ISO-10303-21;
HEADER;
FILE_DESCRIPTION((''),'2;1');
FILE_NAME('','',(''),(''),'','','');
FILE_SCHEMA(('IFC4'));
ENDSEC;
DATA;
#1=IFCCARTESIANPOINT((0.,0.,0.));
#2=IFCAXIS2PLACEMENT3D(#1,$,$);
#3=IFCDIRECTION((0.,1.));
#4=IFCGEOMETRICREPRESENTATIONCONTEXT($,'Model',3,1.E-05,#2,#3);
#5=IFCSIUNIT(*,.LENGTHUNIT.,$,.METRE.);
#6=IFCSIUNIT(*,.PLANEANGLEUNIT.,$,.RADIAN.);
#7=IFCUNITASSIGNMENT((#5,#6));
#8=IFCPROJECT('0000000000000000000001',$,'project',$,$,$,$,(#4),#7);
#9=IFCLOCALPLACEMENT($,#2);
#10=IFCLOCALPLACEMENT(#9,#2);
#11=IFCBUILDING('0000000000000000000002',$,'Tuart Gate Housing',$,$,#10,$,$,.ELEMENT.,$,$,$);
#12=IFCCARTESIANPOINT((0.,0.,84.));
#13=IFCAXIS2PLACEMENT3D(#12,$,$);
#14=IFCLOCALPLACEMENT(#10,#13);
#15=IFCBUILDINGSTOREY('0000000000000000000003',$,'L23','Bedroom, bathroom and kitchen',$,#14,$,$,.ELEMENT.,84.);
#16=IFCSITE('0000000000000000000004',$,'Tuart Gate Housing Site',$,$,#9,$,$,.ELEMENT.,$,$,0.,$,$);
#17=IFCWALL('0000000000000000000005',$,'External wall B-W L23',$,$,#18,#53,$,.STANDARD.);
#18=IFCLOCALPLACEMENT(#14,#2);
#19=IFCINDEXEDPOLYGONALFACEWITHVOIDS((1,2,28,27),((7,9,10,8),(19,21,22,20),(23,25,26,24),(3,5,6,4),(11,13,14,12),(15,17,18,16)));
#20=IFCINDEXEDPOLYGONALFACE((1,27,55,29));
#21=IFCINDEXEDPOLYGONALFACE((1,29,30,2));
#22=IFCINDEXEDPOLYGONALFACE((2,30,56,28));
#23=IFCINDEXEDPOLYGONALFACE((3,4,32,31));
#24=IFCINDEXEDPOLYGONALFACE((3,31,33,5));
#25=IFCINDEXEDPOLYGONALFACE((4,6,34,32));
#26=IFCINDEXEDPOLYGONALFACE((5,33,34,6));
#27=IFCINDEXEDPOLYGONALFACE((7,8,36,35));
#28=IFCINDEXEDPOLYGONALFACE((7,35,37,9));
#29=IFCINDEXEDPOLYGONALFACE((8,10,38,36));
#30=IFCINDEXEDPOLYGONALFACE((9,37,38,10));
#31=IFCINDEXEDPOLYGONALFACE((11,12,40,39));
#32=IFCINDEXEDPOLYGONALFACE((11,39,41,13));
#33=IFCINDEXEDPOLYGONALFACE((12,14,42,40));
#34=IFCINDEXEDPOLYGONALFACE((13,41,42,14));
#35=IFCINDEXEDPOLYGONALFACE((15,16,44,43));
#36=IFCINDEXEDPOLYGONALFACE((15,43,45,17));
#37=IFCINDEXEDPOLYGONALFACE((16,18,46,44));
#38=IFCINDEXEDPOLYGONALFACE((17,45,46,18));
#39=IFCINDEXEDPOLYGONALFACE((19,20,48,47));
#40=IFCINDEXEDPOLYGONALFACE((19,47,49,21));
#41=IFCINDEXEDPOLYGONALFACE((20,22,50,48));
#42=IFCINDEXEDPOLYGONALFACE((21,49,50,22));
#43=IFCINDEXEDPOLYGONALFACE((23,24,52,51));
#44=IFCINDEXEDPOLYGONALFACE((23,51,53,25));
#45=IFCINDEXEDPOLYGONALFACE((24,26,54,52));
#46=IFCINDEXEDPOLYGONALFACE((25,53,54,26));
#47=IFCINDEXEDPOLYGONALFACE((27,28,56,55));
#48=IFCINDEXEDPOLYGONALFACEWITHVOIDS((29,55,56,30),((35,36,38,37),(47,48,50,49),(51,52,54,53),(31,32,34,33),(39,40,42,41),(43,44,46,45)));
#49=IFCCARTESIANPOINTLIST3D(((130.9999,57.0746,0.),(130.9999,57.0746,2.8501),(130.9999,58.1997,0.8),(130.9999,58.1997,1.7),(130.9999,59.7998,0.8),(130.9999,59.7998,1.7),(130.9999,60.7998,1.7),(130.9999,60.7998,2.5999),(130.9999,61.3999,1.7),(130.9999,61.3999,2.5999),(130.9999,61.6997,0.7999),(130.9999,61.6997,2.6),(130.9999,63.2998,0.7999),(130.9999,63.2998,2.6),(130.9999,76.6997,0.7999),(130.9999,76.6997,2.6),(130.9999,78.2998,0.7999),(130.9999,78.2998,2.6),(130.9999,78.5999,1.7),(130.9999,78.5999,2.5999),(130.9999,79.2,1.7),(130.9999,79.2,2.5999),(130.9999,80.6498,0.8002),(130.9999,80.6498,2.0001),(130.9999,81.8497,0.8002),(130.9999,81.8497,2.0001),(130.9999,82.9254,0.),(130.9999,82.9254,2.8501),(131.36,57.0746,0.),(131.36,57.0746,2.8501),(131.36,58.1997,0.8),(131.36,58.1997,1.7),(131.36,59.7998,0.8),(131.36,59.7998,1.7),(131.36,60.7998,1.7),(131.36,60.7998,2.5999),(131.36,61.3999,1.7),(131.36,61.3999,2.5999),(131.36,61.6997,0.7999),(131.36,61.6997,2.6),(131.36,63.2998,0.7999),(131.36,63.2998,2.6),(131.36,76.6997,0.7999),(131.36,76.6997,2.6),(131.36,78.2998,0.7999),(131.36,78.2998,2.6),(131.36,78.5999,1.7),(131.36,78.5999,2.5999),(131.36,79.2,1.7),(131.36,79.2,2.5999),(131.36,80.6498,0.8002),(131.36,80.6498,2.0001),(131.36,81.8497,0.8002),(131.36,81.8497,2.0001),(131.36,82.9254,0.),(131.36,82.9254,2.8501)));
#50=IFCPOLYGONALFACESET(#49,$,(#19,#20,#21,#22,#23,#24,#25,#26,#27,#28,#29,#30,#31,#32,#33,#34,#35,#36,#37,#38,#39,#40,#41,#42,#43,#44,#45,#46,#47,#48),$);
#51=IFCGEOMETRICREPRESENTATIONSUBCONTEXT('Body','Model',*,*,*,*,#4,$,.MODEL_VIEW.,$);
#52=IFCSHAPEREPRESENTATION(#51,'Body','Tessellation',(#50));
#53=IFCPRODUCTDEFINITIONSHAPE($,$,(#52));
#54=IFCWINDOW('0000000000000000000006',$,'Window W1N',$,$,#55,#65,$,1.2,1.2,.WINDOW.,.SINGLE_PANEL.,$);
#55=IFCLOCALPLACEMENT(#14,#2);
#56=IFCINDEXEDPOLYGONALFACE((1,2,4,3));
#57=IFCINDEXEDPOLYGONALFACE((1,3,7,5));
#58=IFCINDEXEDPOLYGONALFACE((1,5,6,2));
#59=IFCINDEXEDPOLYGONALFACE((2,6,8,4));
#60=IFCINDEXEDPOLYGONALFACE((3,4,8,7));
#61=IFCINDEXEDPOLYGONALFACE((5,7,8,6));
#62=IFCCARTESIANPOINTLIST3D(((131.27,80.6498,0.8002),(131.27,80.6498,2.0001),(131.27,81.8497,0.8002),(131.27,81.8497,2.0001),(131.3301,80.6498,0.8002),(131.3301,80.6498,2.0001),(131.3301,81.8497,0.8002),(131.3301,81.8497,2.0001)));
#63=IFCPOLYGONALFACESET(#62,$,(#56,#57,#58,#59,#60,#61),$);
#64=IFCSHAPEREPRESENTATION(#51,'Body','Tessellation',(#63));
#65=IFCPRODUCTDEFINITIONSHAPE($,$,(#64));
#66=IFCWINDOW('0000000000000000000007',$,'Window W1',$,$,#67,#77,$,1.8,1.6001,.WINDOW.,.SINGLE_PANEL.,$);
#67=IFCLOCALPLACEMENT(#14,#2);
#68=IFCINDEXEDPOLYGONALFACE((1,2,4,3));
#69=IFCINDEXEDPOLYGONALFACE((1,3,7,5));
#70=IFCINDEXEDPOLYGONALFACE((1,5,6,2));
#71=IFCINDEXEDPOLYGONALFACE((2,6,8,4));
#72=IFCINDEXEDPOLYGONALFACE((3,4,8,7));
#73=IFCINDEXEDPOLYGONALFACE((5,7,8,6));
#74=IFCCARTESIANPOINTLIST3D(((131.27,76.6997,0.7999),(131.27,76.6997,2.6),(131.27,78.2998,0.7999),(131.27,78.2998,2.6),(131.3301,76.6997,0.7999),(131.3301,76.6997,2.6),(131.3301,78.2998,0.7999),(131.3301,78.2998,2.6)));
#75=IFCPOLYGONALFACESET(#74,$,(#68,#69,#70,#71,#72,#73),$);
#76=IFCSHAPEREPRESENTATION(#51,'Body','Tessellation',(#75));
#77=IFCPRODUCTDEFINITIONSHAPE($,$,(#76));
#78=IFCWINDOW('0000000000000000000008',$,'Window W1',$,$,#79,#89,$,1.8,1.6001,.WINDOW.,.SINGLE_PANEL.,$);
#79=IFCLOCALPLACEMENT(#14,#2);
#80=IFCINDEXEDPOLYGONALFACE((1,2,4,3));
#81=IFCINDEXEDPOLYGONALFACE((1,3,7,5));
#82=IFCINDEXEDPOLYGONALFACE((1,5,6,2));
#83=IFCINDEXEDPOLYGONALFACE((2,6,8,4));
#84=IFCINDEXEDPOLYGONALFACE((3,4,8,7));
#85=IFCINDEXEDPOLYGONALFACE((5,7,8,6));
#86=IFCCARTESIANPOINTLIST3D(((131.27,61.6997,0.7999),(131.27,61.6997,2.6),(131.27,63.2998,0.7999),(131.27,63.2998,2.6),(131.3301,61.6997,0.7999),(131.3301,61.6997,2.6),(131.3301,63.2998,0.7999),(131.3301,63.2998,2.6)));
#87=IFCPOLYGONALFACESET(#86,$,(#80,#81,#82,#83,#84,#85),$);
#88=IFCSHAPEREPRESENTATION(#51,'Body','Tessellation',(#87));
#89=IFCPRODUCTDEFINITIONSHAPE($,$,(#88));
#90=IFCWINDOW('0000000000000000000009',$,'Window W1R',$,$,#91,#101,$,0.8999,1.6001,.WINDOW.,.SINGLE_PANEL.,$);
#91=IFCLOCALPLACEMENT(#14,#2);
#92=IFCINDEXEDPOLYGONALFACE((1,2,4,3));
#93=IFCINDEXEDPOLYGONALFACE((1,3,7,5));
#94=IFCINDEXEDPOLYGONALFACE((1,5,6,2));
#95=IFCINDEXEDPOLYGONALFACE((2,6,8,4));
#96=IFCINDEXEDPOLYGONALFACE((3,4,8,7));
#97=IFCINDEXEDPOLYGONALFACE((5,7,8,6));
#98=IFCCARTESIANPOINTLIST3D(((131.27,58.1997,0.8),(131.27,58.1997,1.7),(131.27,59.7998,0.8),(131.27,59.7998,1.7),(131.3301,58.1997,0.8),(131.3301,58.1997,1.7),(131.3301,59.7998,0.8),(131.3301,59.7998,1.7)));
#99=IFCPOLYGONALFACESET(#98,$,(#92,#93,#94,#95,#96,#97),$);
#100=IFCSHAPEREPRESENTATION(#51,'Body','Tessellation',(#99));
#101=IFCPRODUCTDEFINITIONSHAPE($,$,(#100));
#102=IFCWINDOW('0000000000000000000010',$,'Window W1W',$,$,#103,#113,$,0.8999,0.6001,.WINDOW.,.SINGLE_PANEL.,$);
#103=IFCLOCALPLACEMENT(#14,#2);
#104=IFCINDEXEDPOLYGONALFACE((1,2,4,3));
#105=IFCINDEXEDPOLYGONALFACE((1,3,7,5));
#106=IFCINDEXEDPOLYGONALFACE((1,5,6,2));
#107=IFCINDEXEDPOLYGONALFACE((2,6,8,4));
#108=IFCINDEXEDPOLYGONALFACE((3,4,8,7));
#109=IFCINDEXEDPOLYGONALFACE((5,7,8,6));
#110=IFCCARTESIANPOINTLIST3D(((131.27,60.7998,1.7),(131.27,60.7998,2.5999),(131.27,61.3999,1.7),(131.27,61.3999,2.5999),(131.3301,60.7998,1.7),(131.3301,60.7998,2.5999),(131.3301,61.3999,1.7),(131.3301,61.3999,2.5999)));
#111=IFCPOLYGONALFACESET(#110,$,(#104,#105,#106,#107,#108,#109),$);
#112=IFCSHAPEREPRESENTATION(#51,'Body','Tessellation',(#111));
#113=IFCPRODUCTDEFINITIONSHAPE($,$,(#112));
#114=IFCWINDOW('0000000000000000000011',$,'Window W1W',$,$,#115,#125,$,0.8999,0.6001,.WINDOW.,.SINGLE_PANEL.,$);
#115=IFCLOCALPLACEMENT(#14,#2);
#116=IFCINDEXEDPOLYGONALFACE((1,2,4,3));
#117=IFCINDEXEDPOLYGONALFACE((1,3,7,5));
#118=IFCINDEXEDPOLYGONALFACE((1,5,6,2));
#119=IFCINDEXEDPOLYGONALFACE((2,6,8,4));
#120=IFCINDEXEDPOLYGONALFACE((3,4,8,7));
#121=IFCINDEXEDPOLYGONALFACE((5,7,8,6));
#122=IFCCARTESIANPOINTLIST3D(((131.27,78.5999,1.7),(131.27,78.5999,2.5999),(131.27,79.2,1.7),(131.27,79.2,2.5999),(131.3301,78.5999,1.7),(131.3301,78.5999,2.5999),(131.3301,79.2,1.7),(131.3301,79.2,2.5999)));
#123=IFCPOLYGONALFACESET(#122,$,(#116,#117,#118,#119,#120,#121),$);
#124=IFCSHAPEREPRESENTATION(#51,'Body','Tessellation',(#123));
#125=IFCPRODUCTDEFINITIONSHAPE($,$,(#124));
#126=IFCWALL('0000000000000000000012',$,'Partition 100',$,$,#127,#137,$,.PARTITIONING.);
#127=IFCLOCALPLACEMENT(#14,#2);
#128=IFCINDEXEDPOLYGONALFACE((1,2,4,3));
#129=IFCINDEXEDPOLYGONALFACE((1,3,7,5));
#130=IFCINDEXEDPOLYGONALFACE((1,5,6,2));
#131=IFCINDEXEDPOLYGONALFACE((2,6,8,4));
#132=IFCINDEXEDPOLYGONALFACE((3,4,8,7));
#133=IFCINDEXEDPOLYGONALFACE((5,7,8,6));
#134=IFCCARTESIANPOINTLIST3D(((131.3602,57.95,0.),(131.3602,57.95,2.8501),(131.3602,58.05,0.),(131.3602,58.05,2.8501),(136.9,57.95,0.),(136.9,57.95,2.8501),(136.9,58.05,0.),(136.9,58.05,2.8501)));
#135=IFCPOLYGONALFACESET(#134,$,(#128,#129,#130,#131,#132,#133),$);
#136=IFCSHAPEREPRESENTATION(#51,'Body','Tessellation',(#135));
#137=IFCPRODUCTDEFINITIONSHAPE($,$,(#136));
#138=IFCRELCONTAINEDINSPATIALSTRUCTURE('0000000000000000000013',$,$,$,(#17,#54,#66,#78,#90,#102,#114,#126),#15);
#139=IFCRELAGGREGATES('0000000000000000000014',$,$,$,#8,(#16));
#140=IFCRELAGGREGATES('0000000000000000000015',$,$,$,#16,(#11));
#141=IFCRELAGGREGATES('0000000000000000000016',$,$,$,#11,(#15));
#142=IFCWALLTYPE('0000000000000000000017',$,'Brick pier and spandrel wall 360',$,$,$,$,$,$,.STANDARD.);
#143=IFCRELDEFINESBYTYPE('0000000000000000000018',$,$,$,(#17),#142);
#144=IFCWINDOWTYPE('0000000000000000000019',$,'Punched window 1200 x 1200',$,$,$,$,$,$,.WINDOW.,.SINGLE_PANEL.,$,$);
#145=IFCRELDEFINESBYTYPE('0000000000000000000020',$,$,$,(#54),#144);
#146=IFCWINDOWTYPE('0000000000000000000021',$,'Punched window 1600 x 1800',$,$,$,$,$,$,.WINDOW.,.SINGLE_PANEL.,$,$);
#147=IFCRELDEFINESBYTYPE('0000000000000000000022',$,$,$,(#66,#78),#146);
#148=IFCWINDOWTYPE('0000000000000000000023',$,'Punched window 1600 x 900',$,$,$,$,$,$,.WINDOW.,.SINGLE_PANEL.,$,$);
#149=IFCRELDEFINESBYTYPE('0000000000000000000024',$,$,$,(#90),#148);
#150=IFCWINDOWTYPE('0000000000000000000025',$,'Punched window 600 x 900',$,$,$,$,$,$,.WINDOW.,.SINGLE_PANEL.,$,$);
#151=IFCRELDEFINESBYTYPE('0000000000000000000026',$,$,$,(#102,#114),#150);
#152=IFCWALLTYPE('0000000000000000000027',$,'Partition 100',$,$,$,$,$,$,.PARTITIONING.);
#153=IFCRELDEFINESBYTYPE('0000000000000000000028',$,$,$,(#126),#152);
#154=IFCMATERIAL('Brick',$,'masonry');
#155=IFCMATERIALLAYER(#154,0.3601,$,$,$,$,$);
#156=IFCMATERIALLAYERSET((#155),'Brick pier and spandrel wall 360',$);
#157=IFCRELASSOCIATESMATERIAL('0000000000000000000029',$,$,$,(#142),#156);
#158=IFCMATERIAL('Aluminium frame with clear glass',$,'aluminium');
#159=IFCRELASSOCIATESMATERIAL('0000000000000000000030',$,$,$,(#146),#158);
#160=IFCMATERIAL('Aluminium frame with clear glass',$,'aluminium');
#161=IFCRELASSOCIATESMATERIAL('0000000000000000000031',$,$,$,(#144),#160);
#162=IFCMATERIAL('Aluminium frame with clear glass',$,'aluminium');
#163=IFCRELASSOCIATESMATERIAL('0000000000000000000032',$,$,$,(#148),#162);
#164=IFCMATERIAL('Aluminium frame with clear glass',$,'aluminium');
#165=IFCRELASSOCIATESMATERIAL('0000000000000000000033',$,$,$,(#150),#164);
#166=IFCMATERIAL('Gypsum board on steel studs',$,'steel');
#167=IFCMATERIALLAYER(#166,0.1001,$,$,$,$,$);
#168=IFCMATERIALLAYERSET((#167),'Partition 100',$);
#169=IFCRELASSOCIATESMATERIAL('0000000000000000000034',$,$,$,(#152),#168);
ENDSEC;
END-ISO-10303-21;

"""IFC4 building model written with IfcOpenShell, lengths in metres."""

from ifc_helpers import new_model, si_unit, direction, frame, frame_2d, origin, place, context, subcontext, project, spatial, rectangle, extrude, material, layer, layer_set, type_object, element, fill, save


model = new_model("IFC4")

# Units and contexts
model_context = context("Model", 3, precision=1e-05, world=origin(), true_north=direction((0.0, 1.0)))
body_context = subcontext(model_context, "Body", "Model", "MODEL_VIEW")
ifc_project = project(units=[si_unit("LENGTHUNIT", "METRE"), si_unit("PLANEANGLEUNIT", "RADIAN")], contexts=[model_context])

# Site, building, storey
site_placement = place(None, origin())
site = spatial("IfcSite", under=ifc_project, at=site_placement, Name="Tuart Gate Housing Site", CompositionType="ELEMENT", RefElevation=0.0)
building_placement = place(site_placement, origin())
building = spatial("IfcBuilding", under=site, at=building_placement, Name="Tuart Gate Housing", CompositionType="ELEMENT")
storey_placement = place(building_placement, frame((0.0, 0.0, 84.0)))
storey = spatial("IfcBuildingStorey", under=building, at=storey_placement, Name="L23", Description="Bedroom, bathroom and kitchen", CompositionType="ELEMENT", Elevation=84.0)

# Shared definitions
ifc_material_1 = material(Name="Brick", Category="masonry")
ifc_layer_1 = layer(ifc_material_1, 0.3601)
ifc_layer_set_1 = layer_set([ifc_layer_1], Name="Brick pier and spandrel wall 360")
wall_type_1 = type_object("IfcWallType", Name="Brick pier and spandrel wall 360", PredefinedType="STANDARD", material=ifc_layer_set_1)
ifc_material_2 = material(Name="Aluminium frame with clear glass", Category="aluminium")
window_type_1 = type_object("IfcWindowType", Name="Punched window 1600 x 1800", PartitioningType="SINGLE_PANEL", PredefinedType="WINDOW", material=ifc_material_2)

# Wall, openings, windows
wall_1_placement = place(storey_placement, frame((131.1799, 82.9253, 0.0), z_axis=(0.0, 0.0, 1.0), x_axis=(0.0, -1.0, 0.0)))
wall_1 = element("IfcWall", 1, at=wall_1_placement, inside=storey, type_object=wall_type_1, Name="External wall B-W L23", PredefinedType="STANDARD", context=body_context, shape_type="SweptSolid", body=[
    extrude(rectangle(XDim=25.8508, YDim=0.3601, at=frame_2d((12.9253, 0.0))), origin(), (0.0, 0.0, 1.0), 2.8501),
])
opening_1_placement = place(wall_1_placement, frame((1.0754, 0.0, 0.8)))
opening_1 = element("IfcOpeningElement", 2, at=opening_1_placement, cuts=wall_1, PredefinedType="OPENING", context=body_context, shape_type="SweptSolid", body=[
    extrude(rectangle(XDim=1.2, YDim=1.2, at=frame_2d((0.6001, 0.6001))), frame((0.0, 0.1899, 0.0), z_axis=(0.0, -1.0, 0.0), x_axis=(1.0, 0.0, 0.0)), (0.0, 0.0, 1.0), 0.3801),
])
opening_2_placement = place(wall_1_placement, frame((4.6255, 0.0, 0.8)))
opening_2 = element("IfcOpeningElement", 3, at=opening_2_placement, cuts=wall_1, PredefinedType="OPENING", context=body_context, shape_type="SweptSolid", body=[
    extrude(rectangle(XDim=1.6001, YDim=1.8, at=frame_2d((0.8, 0.8999))), frame((0.0, 0.1899, 0.0), z_axis=(0.0, -1.0, 0.0), x_axis=(1.0, 0.0, 0.0)), (0.0, 0.0, 1.0), 0.3801),
])
opening_3_placement = place(wall_1_placement, frame((19.6255, 0.0, 0.8)))
opening_3 = element("IfcOpeningElement", 4, at=opening_3_placement, cuts=wall_1, PredefinedType="OPENING", context=body_context, shape_type="SweptSolid", body=[
    extrude(rectangle(XDim=1.6001, YDim=1.8, at=frame_2d((0.8, 0.8999))), frame((0.0, 0.1899, 0.0), z_axis=(0.0, -1.0, 0.0), x_axis=(1.0, 0.0, 0.0)), (0.0, 0.0, 1.0), 0.3801),
])
opening_4_placement = place(wall_1_placement, frame((21.5254, 0.0, 1.7)))
opening_4 = element("IfcOpeningElement", 5, at=opening_4_placement, cuts=wall_1, PredefinedType="OPENING", context=body_context, shape_type="SweptSolid", body=[
    extrude(rectangle(XDim=0.6001, YDim=0.8999, at=frame_2d((0.3, 0.45))), frame((0.0, 0.1899, 0.0), z_axis=(0.0, -1.0, 0.0), x_axis=(1.0, 0.0, 0.0)), (0.0, 0.0, 1.0), 0.3801),
])
opening_5_placement = place(wall_1_placement, frame((3.7253, 0.0, 1.7)))
opening_5 = element("IfcOpeningElement", 6, at=opening_5_placement, cuts=wall_1, PredefinedType="OPENING", context=body_context, shape_type="SweptSolid", body=[
    extrude(rectangle(XDim=0.6001, YDim=0.8999, at=frame_2d((0.3, 0.45))), frame((0.0, 0.1899, 0.0), z_axis=(0.0, -1.0, 0.0), x_axis=(1.0, 0.0, 0.0)), (0.0, 0.0, 1.0), 0.3801),
])
opening_6_placement = place(wall_1_placement, frame((23.1255, 0.0, 0.8)))
opening_6 = element("IfcOpeningElement", 7, at=opening_6_placement, cuts=wall_1, PredefinedType="OPENING", context=body_context, shape_type="SweptSolid", body=[
    extrude(rectangle(XDim=1.6001, YDim=0.8999, at=frame_2d((0.8, 0.45))), frame((0.0, 0.1899, 0.0), z_axis=(0.0, -1.0, 0.0), x_axis=(1.0, 0.0, 0.0)), (0.0, 0.0, 1.0), 0.3801),
])
ifc_material_3 = material(Name="Aluminium frame with clear glass", Category="aluminium")
window_type_2 = type_object("IfcWindowType", Name="Punched window 1200 x 1200", PartitioningType="SINGLE_PANEL", PredefinedType="WINDOW", material=ifc_material_3)
window_1_placement = place(opening_1_placement, origin())
window_1 = element("IfcWindow", 8, at=window_1_placement, inside=storey, type_object=window_type_2, Name="Window W1N", OverallHeight=1.2, OverallWidth=1.2, PartitioningType="SINGLE_PANEL", PredefinedType="WINDOW", context=body_context, shape_type="SweptSolid", body=[
    extrude(rectangle(XDim=1.2, YDim=1.2, at=frame_2d((0.6001, 0.6001))), frame((0.0, 0.1501, 0.0), z_axis=(0.0, -1.0, 0.0), x_axis=(1.0, 0.0, 0.0)), (0.0, 0.0, 1.0), 0.0601),
])
fill(opening_1, window_1)
window_2_placement = place(opening_2_placement, origin())
window_2 = element("IfcWindow", 9, at=window_2_placement, inside=storey, type_object=window_type_1, Name="Window W1", OverallHeight=1.8, OverallWidth=1.6001, PartitioningType="SINGLE_PANEL", PredefinedType="WINDOW", context=body_context, shape_type="SweptSolid", body=[
    extrude(rectangle(XDim=1.6001, YDim=1.8, at=frame_2d((0.8, 0.8999))), frame((0.0, 0.1501, 0.0), z_axis=(0.0, -1.0, 0.0), x_axis=(1.0, 0.0, 0.0)), (0.0, 0.0, 1.0), 0.0601),
])
fill(opening_2, window_2)
window_3_placement = place(opening_3_placement, origin())
window_3 = element("IfcWindow", 10, at=window_3_placement, inside=storey, type_object=window_type_1, Name="Window W1", OverallHeight=1.8, OverallWidth=1.6001, PartitioningType="SINGLE_PANEL", PredefinedType="WINDOW", context=body_context, shape_type="SweptSolid", body=[
    extrude(rectangle(XDim=1.6001, YDim=1.8, at=frame_2d((0.8, 0.8999))), frame((0.0, 0.1501, 0.0), z_axis=(0.0, -1.0, 0.0), x_axis=(1.0, 0.0, 0.0)), (0.0, 0.0, 1.0), 0.0601),
])
fill(opening_3, window_3)
ifc_material_4 = material(Name="Aluminium frame with clear glass", Category="aluminium")
window_type_3 = type_object("IfcWindowType", Name="Punched window 1600 x 900", PartitioningType="SINGLE_PANEL", PredefinedType="WINDOW", material=ifc_material_4)
window_4_placement = place(opening_6_placement, origin())
window_4 = element("IfcWindow", 11, at=window_4_placement, inside=storey, type_object=window_type_3, Name="Window W1R", OverallHeight=0.8999, OverallWidth=1.6001, PartitioningType="SINGLE_PANEL", PredefinedType="WINDOW", context=body_context, shape_type="SweptSolid", body=[
    extrude(rectangle(XDim=1.6001, YDim=0.8999, at=frame_2d((0.8, 0.45))), frame((0.0, 0.1501, 0.0), z_axis=(0.0, -1.0, 0.0), x_axis=(1.0, 0.0, 0.0)), (0.0, 0.0, 1.0), 0.0601),
])
fill(opening_6, window_4)
ifc_material_5 = material(Name="Aluminium frame with clear glass", Category="aluminium")
window_type_4 = type_object("IfcWindowType", Name="Punched window 600 x 900", PartitioningType="SINGLE_PANEL", PredefinedType="WINDOW", material=ifc_material_5)
window_5_placement = place(opening_4_placement, origin())
window_5 = element("IfcWindow", 12, at=window_5_placement, inside=storey, type_object=window_type_4, Name="Window W1W", OverallHeight=0.8999, OverallWidth=0.6001, PartitioningType="SINGLE_PANEL", PredefinedType="WINDOW", context=body_context, shape_type="SweptSolid", body=[
    extrude(rectangle(XDim=0.6001, YDim=0.8999, at=frame_2d((0.3, 0.45))), frame((0.0, 0.1501, 0.0), z_axis=(0.0, -1.0, 0.0), x_axis=(1.0, 0.0, 0.0)), (0.0, 0.0, 1.0), 0.0601),
])
fill(opening_4, window_5)
window_6_placement = place(opening_5_placement, origin())
window_6 = element("IfcWindow", 13, at=window_6_placement, inside=storey, type_object=window_type_4, Name="Window W1W", OverallHeight=0.8999, OverallWidth=0.6001, PartitioningType="SINGLE_PANEL", PredefinedType="WINDOW", context=body_context, shape_type="SweptSolid", body=[
    extrude(rectangle(XDim=0.6001, YDim=0.8999, at=frame_2d((0.3, 0.45))), frame((0.0, 0.1501, 0.0), z_axis=(0.0, -1.0, 0.0), x_axis=(1.0, 0.0, 0.0)), (0.0, 0.0, 1.0), 0.0601),
])
fill(opening_5, window_6)

# Wall
ifc_material_6 = material(Name="Gypsum board on steel studs", Category="steel")
ifc_layer_2 = layer(ifc_material_6, 0.1001)
ifc_layer_set_2 = layer_set([ifc_layer_2], Name="Partition 100")
wall_type_2 = type_object("IfcWallType", Name="Partition 100", PredefinedType="PARTITIONING", material=ifc_layer_set_2)
wall_2_placement = place(storey_placement, frame((131.3601, 58.0, 0.0), z_axis=(0.0, 0.0, 1.0), x_axis=(1.0, 0.0, 0.0)))
element("IfcWall", 14, at=wall_2_placement, inside=storey, type_object=wall_type_2, Name="Partition 100", PredefinedType="PARTITIONING", context=body_context, shape_type="SweptSolid", body=[
    extrude(rectangle(XDim=5.5398, YDim=0.1001, at=frame_2d((2.77, 0.0))), origin(), (0.0, 0.0, 1.0), 2.8501),
])

save(model, "model.ifc")
